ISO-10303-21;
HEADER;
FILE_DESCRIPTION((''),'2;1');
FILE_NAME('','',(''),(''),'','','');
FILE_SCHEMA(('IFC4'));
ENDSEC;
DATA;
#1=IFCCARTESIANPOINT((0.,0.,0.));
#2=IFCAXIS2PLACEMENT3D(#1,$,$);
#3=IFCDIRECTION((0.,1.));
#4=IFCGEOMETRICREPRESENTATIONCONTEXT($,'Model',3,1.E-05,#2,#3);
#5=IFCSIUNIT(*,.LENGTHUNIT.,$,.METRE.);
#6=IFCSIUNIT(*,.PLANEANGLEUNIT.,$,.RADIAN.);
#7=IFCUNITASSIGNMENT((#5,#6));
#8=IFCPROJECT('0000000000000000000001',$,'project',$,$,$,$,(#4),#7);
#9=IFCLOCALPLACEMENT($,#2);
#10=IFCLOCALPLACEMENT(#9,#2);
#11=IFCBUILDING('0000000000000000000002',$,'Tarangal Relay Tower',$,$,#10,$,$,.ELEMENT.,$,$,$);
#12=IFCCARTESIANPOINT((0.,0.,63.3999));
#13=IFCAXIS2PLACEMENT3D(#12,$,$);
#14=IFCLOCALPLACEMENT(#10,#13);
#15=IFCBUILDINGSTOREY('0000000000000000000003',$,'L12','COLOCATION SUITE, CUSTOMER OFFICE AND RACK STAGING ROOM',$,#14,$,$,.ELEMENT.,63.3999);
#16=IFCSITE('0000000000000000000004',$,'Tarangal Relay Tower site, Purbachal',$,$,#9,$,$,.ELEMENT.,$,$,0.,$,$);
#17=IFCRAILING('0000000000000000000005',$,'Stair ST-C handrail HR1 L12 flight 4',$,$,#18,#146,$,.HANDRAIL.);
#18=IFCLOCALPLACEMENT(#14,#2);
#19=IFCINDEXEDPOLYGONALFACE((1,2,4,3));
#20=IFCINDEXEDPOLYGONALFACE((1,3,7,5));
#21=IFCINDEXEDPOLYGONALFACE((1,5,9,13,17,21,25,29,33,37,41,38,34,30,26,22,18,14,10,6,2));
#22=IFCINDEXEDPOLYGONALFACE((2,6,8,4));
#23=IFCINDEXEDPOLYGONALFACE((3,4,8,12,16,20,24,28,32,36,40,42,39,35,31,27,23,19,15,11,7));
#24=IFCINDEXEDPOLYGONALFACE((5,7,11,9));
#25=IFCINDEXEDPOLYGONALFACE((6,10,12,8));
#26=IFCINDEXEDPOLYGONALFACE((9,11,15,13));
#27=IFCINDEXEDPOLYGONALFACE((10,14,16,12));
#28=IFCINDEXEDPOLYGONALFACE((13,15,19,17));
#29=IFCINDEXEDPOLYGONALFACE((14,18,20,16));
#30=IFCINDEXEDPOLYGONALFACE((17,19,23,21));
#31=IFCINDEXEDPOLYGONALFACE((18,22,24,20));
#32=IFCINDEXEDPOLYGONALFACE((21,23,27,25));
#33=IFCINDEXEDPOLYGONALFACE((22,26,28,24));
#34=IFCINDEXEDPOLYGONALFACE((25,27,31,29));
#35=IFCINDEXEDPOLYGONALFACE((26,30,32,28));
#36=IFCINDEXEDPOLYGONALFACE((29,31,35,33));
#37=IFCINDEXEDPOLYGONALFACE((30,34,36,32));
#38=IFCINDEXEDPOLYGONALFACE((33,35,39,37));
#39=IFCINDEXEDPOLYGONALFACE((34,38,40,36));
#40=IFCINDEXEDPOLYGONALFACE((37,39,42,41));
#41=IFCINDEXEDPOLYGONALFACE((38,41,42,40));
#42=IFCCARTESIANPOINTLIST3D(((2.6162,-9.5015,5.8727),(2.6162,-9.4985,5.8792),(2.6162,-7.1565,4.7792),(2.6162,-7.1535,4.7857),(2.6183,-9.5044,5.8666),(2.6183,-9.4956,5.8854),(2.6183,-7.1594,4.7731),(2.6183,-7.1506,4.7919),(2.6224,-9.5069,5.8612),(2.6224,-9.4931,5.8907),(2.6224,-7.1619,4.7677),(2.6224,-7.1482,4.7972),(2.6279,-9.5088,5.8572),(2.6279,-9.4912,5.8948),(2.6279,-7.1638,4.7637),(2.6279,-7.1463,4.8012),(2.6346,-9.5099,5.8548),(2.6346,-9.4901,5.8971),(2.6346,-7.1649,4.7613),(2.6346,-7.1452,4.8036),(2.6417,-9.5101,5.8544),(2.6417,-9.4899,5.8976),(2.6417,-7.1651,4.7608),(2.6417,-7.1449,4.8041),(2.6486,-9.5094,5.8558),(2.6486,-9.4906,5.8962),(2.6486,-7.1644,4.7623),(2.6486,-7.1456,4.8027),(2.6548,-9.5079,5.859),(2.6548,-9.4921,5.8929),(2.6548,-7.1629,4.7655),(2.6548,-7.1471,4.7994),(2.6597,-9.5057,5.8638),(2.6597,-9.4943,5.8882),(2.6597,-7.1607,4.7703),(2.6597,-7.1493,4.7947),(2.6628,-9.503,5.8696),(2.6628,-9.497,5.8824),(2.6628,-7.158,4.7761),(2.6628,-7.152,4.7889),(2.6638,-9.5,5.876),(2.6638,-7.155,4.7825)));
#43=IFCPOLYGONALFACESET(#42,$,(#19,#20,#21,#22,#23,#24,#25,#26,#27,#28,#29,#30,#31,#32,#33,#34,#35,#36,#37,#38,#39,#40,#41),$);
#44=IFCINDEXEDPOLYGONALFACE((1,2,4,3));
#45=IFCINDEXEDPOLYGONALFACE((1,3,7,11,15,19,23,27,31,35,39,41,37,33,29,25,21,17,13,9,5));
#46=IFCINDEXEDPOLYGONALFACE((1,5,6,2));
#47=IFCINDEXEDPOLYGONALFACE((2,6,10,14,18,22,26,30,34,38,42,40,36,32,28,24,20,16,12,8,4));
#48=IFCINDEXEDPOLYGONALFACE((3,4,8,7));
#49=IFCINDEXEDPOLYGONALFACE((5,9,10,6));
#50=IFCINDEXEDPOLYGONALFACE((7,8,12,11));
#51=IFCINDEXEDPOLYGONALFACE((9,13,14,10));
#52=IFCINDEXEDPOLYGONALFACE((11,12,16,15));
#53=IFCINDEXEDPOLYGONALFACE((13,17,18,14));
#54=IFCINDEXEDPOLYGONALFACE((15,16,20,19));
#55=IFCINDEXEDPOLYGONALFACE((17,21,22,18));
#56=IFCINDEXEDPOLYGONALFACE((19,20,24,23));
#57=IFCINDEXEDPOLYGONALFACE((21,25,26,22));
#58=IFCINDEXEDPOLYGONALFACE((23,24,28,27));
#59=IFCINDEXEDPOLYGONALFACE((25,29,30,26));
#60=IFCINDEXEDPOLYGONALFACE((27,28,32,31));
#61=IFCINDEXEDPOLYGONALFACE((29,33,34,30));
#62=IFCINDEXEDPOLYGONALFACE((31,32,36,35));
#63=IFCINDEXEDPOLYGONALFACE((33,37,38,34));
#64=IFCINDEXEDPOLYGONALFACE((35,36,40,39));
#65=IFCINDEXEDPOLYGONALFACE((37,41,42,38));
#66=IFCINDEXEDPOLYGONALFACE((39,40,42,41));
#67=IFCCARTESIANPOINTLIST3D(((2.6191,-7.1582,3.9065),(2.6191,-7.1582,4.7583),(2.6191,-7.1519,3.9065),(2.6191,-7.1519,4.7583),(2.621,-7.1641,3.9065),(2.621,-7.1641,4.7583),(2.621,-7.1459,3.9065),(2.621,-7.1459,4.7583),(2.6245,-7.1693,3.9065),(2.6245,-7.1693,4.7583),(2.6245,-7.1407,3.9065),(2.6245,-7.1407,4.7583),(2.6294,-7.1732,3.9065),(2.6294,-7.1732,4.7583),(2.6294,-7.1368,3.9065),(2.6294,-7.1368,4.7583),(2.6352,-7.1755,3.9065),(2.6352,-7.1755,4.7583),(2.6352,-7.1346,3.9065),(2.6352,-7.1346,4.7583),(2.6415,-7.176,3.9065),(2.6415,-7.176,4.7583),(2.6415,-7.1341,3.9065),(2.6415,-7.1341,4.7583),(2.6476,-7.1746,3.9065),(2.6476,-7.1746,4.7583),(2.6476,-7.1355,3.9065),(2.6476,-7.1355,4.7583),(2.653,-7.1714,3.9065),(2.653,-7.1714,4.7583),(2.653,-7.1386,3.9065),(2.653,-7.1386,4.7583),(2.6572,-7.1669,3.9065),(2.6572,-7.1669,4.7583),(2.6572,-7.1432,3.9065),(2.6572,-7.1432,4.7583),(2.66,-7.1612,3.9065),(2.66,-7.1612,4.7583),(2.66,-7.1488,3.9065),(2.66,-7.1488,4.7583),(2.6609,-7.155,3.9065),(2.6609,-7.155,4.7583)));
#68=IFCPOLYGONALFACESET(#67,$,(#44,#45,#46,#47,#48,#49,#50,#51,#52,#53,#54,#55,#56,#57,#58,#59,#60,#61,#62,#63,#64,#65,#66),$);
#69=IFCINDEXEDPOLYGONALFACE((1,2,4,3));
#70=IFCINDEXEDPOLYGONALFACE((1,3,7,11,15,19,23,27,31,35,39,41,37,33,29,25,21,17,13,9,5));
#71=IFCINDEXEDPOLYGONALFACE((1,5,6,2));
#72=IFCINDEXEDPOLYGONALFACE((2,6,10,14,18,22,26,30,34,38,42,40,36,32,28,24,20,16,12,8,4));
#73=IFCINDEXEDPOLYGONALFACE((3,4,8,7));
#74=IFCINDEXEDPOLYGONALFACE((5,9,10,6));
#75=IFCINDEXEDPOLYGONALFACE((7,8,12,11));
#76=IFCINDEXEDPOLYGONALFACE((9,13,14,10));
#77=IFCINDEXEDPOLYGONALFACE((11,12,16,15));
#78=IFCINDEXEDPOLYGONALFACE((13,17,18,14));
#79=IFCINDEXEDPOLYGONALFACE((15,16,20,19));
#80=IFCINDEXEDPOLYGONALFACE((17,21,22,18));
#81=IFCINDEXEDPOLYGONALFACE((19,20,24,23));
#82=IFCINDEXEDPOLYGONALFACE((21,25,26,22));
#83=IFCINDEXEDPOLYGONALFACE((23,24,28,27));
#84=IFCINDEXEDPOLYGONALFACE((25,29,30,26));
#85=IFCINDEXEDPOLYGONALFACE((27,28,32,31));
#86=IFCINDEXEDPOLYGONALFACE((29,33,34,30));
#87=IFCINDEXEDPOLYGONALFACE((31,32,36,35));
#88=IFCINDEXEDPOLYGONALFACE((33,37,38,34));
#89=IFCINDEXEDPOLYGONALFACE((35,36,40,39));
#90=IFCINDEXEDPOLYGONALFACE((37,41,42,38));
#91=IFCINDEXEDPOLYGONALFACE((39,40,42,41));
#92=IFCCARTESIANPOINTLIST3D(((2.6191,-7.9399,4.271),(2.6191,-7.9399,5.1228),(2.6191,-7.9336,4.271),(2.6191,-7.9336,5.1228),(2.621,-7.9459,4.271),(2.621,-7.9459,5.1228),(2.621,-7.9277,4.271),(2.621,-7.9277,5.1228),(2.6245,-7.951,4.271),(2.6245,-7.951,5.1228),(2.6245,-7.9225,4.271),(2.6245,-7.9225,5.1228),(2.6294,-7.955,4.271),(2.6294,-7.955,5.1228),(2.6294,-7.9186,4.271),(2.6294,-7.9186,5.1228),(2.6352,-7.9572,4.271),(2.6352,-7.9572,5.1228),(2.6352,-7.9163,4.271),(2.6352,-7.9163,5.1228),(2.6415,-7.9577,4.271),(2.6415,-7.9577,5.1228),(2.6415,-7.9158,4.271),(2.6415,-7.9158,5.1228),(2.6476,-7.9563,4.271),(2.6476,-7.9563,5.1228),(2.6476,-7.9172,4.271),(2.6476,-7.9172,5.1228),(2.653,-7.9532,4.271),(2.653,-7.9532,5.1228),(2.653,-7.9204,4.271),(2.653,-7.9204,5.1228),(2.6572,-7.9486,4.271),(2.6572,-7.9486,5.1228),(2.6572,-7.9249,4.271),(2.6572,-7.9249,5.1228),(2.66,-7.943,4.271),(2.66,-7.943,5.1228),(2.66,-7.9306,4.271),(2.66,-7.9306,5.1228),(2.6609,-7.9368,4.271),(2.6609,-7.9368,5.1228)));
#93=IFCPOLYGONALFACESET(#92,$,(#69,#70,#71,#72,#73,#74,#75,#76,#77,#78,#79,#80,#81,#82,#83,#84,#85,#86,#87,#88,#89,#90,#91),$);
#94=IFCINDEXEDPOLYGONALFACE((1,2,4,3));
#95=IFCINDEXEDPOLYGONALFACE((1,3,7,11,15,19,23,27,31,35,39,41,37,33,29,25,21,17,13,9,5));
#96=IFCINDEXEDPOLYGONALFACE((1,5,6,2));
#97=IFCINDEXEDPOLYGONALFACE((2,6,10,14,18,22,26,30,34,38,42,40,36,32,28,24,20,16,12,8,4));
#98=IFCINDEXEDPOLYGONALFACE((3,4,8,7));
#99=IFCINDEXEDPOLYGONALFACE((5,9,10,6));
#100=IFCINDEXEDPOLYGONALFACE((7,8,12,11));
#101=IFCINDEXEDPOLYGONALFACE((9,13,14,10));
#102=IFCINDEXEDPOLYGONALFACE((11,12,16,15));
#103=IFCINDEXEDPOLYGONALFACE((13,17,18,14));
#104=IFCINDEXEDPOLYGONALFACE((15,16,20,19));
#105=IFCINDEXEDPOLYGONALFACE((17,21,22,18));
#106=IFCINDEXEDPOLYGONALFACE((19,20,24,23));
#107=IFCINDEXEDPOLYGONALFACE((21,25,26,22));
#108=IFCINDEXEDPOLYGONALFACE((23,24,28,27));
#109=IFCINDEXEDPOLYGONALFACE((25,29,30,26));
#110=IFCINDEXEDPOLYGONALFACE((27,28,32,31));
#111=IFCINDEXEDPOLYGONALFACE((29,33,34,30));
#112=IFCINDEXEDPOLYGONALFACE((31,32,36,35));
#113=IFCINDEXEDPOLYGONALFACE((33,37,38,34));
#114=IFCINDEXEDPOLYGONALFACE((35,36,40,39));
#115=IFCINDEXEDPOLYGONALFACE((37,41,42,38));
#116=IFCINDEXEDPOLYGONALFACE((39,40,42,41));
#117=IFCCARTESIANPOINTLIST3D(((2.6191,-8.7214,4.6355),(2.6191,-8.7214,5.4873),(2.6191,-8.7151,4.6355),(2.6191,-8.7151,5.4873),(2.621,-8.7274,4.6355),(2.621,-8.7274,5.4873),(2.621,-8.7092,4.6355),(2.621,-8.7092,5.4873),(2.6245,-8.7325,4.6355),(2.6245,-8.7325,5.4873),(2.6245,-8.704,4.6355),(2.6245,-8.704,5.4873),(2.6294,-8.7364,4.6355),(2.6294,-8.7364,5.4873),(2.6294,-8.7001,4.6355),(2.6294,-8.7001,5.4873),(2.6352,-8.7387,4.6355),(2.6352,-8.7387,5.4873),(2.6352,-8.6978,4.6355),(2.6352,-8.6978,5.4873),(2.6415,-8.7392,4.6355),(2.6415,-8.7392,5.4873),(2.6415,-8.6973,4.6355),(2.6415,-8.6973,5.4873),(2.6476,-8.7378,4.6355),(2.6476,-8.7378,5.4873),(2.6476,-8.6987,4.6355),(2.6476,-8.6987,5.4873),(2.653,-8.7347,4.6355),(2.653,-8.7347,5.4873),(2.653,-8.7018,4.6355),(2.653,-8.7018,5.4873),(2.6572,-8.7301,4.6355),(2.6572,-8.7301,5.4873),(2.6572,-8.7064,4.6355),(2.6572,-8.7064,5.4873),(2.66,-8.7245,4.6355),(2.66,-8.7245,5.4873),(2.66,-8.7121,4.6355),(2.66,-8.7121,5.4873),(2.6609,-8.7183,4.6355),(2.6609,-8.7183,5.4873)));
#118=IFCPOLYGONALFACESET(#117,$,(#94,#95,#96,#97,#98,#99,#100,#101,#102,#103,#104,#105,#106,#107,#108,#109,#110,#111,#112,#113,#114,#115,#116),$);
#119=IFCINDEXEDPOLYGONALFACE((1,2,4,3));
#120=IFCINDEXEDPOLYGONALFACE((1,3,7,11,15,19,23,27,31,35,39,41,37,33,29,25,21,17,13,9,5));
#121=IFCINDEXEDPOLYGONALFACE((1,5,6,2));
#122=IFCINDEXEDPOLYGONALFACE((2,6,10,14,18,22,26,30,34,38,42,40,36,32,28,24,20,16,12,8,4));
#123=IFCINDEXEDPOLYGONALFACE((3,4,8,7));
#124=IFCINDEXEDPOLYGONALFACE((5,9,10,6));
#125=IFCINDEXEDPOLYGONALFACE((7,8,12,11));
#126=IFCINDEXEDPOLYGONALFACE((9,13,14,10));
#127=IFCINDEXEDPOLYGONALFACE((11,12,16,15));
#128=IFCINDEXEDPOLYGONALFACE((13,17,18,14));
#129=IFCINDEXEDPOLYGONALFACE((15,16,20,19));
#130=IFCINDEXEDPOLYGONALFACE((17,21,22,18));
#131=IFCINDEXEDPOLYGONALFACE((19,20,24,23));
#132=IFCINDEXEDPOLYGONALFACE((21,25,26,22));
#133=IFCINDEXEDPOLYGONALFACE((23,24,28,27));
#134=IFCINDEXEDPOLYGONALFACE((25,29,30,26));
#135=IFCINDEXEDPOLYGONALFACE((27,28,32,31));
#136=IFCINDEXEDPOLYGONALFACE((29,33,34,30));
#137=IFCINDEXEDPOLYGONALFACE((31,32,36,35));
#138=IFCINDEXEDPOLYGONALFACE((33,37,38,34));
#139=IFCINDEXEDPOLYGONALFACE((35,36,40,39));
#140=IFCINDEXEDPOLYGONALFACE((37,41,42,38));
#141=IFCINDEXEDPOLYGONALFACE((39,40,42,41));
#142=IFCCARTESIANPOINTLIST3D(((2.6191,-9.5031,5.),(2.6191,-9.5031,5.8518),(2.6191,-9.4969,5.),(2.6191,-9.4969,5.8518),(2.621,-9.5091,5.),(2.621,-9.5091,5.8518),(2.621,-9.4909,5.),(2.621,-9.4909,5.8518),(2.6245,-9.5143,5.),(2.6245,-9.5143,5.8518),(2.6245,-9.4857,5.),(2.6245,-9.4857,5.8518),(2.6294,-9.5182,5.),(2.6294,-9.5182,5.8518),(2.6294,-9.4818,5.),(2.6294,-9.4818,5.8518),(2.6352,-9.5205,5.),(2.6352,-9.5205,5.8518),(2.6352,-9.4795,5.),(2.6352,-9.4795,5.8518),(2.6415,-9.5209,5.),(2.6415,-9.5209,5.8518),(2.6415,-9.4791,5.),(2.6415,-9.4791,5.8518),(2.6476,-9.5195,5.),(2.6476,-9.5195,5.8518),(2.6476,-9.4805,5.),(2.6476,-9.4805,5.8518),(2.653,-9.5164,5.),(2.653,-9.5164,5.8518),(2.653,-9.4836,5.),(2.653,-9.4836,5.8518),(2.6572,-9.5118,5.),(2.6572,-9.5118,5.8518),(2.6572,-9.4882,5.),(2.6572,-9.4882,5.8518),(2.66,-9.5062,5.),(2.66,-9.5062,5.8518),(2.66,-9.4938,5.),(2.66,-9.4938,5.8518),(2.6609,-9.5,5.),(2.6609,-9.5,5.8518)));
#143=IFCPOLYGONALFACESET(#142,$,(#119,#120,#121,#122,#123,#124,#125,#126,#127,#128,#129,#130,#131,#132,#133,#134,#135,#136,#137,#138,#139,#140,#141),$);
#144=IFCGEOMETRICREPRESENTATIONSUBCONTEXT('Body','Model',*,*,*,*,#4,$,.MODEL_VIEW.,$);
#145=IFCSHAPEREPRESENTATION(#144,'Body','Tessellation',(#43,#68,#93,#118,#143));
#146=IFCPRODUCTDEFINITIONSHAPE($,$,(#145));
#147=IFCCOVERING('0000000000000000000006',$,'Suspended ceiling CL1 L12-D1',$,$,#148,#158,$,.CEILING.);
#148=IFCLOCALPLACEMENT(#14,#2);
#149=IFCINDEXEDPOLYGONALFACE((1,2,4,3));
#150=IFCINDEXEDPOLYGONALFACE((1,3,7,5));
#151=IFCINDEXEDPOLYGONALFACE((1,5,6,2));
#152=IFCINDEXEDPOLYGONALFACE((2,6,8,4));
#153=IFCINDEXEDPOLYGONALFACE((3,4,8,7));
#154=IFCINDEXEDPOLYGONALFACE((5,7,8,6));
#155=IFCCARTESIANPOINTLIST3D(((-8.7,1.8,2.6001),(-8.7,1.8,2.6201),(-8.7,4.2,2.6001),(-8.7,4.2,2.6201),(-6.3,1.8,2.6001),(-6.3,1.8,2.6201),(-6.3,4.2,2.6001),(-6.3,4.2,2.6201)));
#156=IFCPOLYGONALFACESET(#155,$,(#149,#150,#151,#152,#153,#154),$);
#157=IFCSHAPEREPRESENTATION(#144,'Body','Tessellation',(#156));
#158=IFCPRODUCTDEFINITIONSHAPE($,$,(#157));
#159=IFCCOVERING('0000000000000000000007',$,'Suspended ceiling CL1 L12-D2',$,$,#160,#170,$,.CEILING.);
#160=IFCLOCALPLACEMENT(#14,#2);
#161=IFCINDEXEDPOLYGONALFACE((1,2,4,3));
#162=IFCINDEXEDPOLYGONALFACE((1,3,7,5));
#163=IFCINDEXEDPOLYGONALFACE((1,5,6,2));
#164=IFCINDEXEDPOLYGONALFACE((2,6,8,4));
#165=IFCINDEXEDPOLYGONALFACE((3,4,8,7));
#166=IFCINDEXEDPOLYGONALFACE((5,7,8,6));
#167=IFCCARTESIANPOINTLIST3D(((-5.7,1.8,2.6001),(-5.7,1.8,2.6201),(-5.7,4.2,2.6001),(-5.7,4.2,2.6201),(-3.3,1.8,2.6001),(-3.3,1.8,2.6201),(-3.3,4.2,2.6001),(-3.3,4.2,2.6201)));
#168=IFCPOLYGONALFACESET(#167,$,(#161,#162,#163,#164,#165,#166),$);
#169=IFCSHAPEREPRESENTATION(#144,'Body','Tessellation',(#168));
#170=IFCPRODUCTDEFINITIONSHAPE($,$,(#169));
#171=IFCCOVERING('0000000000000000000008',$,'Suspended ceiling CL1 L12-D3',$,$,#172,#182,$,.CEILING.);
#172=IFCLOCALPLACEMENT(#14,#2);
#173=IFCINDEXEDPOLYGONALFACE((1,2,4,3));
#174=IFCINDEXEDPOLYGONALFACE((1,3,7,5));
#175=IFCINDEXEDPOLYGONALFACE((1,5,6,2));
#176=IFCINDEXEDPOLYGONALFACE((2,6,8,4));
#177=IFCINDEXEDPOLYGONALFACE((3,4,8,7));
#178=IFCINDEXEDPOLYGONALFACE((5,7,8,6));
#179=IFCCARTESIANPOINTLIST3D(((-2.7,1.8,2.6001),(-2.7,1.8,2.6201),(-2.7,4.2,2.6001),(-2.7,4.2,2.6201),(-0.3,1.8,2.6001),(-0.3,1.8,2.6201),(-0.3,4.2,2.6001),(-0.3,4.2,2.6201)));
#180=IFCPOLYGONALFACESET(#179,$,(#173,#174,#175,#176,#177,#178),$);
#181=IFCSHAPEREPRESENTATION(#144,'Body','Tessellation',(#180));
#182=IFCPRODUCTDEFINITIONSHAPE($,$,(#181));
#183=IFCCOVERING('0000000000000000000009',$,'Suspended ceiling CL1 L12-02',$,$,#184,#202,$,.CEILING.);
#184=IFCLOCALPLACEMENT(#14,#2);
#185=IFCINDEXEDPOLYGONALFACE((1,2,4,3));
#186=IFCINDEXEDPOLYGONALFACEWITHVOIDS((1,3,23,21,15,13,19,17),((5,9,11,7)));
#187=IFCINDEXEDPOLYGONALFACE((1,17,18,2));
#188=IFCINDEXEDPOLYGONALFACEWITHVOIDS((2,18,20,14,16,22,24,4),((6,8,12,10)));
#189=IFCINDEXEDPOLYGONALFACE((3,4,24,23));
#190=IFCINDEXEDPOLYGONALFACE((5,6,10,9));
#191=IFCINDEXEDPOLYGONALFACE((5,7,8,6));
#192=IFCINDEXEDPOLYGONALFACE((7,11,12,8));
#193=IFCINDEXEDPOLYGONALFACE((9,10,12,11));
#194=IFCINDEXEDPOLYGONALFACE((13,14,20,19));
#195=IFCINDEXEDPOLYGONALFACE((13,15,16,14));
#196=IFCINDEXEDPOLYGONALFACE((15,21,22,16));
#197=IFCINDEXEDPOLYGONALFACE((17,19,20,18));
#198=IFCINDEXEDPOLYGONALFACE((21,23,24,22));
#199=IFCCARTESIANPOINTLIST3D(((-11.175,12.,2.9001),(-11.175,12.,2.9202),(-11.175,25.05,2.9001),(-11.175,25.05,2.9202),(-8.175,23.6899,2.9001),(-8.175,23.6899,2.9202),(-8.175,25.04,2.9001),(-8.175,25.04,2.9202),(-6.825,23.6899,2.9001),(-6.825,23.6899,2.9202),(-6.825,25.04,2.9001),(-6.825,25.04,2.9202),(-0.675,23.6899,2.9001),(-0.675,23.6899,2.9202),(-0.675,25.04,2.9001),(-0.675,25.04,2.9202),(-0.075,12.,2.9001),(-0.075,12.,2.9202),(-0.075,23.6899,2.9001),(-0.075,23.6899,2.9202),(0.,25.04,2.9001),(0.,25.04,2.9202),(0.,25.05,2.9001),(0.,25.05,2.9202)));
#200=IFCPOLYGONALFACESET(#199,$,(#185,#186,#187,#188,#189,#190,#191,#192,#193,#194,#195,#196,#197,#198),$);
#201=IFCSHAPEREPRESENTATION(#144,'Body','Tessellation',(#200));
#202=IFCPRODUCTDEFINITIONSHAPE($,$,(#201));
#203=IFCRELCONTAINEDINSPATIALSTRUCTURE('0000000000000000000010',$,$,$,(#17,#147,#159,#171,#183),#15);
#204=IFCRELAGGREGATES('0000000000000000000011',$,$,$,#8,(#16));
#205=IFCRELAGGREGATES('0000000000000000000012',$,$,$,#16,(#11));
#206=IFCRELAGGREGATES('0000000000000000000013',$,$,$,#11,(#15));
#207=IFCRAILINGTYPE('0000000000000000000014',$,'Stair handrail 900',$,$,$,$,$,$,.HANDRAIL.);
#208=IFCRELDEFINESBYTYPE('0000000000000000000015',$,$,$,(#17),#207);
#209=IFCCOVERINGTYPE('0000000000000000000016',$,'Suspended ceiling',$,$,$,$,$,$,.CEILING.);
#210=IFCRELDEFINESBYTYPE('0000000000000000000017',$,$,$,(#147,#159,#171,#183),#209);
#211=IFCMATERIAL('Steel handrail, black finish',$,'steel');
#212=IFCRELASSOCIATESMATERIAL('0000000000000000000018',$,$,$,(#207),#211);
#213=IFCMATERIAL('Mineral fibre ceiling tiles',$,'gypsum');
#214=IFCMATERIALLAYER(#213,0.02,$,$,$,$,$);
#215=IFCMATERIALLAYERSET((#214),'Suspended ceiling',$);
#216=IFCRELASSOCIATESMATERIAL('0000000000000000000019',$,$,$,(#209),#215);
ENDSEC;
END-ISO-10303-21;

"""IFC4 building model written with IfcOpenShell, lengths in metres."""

from ifc_helpers import new_model, si_unit, direction, frame, origin, origin_2d, place, context, subcontext, project, spatial, polyline, circle, outline, extrude, material, layer, layer_set, type_object, element, save


model = new_model("IFC4")

# Units and contexts
model_context = context("Model", 3, precision=1e-05, world=origin(), true_north=direction((0.0, 1.0)))
body_context = subcontext(model_context, "Body", "Model", "MODEL_VIEW")
ifc_project = project(units=[si_unit("LENGTHUNIT", "METRE"), si_unit("PLANEANGLEUNIT", "RADIAN")], contexts=[model_context])

# Site, building, storey
site_placement = place(None, origin())
site = spatial("IfcSite", under=ifc_project, at=site_placement, Name="Tarangal Relay Tower site, Purbachal", CompositionType="ELEMENT", RefElevation=0.0)
building_placement = place(site_placement, origin())
building = spatial("IfcBuilding", under=site, at=building_placement, Name="Tarangal Relay Tower", CompositionType="ELEMENT")
storey_placement = place(building_placement, frame((0.0, 0.0, 63.3999)))
storey = spatial("IfcBuildingStorey", under=building, at=storey_placement, Name="L12", Description="COLOCATION SUITE, CUSTOMER OFFICE AND RACK STAGING ROOM", CompositionType="ELEMENT", Elevation=63.3999)

# Railing
ifc_material_1 = material(Name="Steel handrail, black finish", Category="steel")
railing_type_1 = type_object("IfcRailingType", Name="Stair handrail 900", PredefinedType="HANDRAIL", material=ifc_material_1)
for number, where, name in (
    (1, (2.6399, -7.155, 3.9065), "Stair ST-C handrail HR1 L12 flight 4"),
):
    element("IfcRailing", number, at=place(storey_placement, frame(where)), inside=storey, type_object=railing_type_1, Name=name, PredefinedType="HANDRAIL", context=body_context, shape_type="SweptSolid", body=[
        extrude(circle(Radius=0.0239, at=origin_2d()), frame((0.0, 0.0, 0.876), z_axis=(0.0, -0.906304, 0.422627), x_axis=(1.0, 0.0, 0.0)), (0.0, 0.0, 1.0), 2.5874),
        extrude(circle(Radius=0.021, at=origin_2d()), origin(), (0.0, 0.0, 1.0), 0.8518),
        extrude(circle(Radius=0.021, at=origin_2d()), frame((0.0, -0.7817, 0.3645)), (0.0, 0.0, 1.0), 0.8518),
        extrude(circle(Radius=0.021, at=origin_2d()), frame((0.0, -1.5632, 0.729)), (0.0, 0.0, 1.0), 0.8518),
        extrude(circle(Radius=0.021, at=origin_2d()), frame((0.0, -2.345, 1.0935)), (0.0, 0.0, 1.0), 0.8518),
    ])

# Coverings
ifc_material_2 = material(Name="Mineral fibre ceiling tiles", Category="gypsum")
ifc_layer_1 = layer(ifc_material_2, 0.02)
ifc_layer_set_1 = layer_set([ifc_layer_1], Name="Suspended ceiling")
covering_type_1 = type_object("IfcCoveringType", Name="Suspended ceiling", PredefinedType="CEILING", material=ifc_layer_set_1)
covering_1_placement = place(storey_placement, frame((0.0, 0.0, 2.6001)))
element("IfcCovering", 2, at=covering_1_placement, inside=storey, type_object=covering_type_1, Name="Suspended ceiling CL1 L12-D1", PredefinedType="CEILING", context=body_context, shape_type="SweptSolid", body=[
    extrude(outline(polyline([(-8.7, 1.8), (-6.3, 1.8), (-6.3, 4.2), (-8.7, 4.2), (-8.7, 1.8)])), origin(), (0.0, 0.0, 1.0), 0.02),
])
covering_2_placement = place(storey_placement, frame((0.0, 0.0, 2.6001)))
element("IfcCovering", 3, at=covering_2_placement, inside=storey, type_object=covering_type_1, Name="Suspended ceiling CL1 L12-D2", PredefinedType="CEILING", context=body_context, shape_type="SweptSolid", body=[
    extrude(outline(polyline([(-5.7, 1.8), (-3.3, 1.8), (-3.3, 4.2), (-5.7, 4.2), (-5.7, 1.8)])), origin(), (0.0, 0.0, 1.0), 0.02),
])
covering_3_placement = place(storey_placement, frame((0.0, 0.0, 2.6001)))
element("IfcCovering", 4, at=covering_3_placement, inside=storey, type_object=covering_type_1, Name="Suspended ceiling CL1 L12-D3", PredefinedType="CEILING", context=body_context, shape_type="SweptSolid", body=[
    extrude(outline(polyline([(-2.7, 1.8), (-0.3, 1.8), (-0.3, 4.2), (-2.7, 4.2), (-2.7, 1.8)])), origin(), (0.0, 0.0, 1.0), 0.02),
])
covering_4_placement = place(storey_placement, frame((0.0, 0.0, 2.9001)))
element("IfcCovering", 5, at=covering_4_placement, inside=storey, type_object=covering_type_1, Name="Suspended ceiling CL1 L12-02", PredefinedType="CEILING", context=body_context, shape_type="SweptSolid", body=[
    extrude(outline(polyline([(-0.075, 23.6899), (-0.675, 23.6899), (-0.675, 25.04), (0.0, 25.04), (0.0, 25.05), (-11.175, 25.05), (-11.175, 12.0), (-0.075, 12.0), (-0.075, 23.6899)]), holes=[polyline([(-6.825, 23.6899), (-6.825, 25.04), (-8.175, 25.04), (-8.175, 23.6899), (-6.825, 23.6899)])]), origin(), (0.0, 0.0, 1.0), 0.02),
])

save(model, "model.ifc")
